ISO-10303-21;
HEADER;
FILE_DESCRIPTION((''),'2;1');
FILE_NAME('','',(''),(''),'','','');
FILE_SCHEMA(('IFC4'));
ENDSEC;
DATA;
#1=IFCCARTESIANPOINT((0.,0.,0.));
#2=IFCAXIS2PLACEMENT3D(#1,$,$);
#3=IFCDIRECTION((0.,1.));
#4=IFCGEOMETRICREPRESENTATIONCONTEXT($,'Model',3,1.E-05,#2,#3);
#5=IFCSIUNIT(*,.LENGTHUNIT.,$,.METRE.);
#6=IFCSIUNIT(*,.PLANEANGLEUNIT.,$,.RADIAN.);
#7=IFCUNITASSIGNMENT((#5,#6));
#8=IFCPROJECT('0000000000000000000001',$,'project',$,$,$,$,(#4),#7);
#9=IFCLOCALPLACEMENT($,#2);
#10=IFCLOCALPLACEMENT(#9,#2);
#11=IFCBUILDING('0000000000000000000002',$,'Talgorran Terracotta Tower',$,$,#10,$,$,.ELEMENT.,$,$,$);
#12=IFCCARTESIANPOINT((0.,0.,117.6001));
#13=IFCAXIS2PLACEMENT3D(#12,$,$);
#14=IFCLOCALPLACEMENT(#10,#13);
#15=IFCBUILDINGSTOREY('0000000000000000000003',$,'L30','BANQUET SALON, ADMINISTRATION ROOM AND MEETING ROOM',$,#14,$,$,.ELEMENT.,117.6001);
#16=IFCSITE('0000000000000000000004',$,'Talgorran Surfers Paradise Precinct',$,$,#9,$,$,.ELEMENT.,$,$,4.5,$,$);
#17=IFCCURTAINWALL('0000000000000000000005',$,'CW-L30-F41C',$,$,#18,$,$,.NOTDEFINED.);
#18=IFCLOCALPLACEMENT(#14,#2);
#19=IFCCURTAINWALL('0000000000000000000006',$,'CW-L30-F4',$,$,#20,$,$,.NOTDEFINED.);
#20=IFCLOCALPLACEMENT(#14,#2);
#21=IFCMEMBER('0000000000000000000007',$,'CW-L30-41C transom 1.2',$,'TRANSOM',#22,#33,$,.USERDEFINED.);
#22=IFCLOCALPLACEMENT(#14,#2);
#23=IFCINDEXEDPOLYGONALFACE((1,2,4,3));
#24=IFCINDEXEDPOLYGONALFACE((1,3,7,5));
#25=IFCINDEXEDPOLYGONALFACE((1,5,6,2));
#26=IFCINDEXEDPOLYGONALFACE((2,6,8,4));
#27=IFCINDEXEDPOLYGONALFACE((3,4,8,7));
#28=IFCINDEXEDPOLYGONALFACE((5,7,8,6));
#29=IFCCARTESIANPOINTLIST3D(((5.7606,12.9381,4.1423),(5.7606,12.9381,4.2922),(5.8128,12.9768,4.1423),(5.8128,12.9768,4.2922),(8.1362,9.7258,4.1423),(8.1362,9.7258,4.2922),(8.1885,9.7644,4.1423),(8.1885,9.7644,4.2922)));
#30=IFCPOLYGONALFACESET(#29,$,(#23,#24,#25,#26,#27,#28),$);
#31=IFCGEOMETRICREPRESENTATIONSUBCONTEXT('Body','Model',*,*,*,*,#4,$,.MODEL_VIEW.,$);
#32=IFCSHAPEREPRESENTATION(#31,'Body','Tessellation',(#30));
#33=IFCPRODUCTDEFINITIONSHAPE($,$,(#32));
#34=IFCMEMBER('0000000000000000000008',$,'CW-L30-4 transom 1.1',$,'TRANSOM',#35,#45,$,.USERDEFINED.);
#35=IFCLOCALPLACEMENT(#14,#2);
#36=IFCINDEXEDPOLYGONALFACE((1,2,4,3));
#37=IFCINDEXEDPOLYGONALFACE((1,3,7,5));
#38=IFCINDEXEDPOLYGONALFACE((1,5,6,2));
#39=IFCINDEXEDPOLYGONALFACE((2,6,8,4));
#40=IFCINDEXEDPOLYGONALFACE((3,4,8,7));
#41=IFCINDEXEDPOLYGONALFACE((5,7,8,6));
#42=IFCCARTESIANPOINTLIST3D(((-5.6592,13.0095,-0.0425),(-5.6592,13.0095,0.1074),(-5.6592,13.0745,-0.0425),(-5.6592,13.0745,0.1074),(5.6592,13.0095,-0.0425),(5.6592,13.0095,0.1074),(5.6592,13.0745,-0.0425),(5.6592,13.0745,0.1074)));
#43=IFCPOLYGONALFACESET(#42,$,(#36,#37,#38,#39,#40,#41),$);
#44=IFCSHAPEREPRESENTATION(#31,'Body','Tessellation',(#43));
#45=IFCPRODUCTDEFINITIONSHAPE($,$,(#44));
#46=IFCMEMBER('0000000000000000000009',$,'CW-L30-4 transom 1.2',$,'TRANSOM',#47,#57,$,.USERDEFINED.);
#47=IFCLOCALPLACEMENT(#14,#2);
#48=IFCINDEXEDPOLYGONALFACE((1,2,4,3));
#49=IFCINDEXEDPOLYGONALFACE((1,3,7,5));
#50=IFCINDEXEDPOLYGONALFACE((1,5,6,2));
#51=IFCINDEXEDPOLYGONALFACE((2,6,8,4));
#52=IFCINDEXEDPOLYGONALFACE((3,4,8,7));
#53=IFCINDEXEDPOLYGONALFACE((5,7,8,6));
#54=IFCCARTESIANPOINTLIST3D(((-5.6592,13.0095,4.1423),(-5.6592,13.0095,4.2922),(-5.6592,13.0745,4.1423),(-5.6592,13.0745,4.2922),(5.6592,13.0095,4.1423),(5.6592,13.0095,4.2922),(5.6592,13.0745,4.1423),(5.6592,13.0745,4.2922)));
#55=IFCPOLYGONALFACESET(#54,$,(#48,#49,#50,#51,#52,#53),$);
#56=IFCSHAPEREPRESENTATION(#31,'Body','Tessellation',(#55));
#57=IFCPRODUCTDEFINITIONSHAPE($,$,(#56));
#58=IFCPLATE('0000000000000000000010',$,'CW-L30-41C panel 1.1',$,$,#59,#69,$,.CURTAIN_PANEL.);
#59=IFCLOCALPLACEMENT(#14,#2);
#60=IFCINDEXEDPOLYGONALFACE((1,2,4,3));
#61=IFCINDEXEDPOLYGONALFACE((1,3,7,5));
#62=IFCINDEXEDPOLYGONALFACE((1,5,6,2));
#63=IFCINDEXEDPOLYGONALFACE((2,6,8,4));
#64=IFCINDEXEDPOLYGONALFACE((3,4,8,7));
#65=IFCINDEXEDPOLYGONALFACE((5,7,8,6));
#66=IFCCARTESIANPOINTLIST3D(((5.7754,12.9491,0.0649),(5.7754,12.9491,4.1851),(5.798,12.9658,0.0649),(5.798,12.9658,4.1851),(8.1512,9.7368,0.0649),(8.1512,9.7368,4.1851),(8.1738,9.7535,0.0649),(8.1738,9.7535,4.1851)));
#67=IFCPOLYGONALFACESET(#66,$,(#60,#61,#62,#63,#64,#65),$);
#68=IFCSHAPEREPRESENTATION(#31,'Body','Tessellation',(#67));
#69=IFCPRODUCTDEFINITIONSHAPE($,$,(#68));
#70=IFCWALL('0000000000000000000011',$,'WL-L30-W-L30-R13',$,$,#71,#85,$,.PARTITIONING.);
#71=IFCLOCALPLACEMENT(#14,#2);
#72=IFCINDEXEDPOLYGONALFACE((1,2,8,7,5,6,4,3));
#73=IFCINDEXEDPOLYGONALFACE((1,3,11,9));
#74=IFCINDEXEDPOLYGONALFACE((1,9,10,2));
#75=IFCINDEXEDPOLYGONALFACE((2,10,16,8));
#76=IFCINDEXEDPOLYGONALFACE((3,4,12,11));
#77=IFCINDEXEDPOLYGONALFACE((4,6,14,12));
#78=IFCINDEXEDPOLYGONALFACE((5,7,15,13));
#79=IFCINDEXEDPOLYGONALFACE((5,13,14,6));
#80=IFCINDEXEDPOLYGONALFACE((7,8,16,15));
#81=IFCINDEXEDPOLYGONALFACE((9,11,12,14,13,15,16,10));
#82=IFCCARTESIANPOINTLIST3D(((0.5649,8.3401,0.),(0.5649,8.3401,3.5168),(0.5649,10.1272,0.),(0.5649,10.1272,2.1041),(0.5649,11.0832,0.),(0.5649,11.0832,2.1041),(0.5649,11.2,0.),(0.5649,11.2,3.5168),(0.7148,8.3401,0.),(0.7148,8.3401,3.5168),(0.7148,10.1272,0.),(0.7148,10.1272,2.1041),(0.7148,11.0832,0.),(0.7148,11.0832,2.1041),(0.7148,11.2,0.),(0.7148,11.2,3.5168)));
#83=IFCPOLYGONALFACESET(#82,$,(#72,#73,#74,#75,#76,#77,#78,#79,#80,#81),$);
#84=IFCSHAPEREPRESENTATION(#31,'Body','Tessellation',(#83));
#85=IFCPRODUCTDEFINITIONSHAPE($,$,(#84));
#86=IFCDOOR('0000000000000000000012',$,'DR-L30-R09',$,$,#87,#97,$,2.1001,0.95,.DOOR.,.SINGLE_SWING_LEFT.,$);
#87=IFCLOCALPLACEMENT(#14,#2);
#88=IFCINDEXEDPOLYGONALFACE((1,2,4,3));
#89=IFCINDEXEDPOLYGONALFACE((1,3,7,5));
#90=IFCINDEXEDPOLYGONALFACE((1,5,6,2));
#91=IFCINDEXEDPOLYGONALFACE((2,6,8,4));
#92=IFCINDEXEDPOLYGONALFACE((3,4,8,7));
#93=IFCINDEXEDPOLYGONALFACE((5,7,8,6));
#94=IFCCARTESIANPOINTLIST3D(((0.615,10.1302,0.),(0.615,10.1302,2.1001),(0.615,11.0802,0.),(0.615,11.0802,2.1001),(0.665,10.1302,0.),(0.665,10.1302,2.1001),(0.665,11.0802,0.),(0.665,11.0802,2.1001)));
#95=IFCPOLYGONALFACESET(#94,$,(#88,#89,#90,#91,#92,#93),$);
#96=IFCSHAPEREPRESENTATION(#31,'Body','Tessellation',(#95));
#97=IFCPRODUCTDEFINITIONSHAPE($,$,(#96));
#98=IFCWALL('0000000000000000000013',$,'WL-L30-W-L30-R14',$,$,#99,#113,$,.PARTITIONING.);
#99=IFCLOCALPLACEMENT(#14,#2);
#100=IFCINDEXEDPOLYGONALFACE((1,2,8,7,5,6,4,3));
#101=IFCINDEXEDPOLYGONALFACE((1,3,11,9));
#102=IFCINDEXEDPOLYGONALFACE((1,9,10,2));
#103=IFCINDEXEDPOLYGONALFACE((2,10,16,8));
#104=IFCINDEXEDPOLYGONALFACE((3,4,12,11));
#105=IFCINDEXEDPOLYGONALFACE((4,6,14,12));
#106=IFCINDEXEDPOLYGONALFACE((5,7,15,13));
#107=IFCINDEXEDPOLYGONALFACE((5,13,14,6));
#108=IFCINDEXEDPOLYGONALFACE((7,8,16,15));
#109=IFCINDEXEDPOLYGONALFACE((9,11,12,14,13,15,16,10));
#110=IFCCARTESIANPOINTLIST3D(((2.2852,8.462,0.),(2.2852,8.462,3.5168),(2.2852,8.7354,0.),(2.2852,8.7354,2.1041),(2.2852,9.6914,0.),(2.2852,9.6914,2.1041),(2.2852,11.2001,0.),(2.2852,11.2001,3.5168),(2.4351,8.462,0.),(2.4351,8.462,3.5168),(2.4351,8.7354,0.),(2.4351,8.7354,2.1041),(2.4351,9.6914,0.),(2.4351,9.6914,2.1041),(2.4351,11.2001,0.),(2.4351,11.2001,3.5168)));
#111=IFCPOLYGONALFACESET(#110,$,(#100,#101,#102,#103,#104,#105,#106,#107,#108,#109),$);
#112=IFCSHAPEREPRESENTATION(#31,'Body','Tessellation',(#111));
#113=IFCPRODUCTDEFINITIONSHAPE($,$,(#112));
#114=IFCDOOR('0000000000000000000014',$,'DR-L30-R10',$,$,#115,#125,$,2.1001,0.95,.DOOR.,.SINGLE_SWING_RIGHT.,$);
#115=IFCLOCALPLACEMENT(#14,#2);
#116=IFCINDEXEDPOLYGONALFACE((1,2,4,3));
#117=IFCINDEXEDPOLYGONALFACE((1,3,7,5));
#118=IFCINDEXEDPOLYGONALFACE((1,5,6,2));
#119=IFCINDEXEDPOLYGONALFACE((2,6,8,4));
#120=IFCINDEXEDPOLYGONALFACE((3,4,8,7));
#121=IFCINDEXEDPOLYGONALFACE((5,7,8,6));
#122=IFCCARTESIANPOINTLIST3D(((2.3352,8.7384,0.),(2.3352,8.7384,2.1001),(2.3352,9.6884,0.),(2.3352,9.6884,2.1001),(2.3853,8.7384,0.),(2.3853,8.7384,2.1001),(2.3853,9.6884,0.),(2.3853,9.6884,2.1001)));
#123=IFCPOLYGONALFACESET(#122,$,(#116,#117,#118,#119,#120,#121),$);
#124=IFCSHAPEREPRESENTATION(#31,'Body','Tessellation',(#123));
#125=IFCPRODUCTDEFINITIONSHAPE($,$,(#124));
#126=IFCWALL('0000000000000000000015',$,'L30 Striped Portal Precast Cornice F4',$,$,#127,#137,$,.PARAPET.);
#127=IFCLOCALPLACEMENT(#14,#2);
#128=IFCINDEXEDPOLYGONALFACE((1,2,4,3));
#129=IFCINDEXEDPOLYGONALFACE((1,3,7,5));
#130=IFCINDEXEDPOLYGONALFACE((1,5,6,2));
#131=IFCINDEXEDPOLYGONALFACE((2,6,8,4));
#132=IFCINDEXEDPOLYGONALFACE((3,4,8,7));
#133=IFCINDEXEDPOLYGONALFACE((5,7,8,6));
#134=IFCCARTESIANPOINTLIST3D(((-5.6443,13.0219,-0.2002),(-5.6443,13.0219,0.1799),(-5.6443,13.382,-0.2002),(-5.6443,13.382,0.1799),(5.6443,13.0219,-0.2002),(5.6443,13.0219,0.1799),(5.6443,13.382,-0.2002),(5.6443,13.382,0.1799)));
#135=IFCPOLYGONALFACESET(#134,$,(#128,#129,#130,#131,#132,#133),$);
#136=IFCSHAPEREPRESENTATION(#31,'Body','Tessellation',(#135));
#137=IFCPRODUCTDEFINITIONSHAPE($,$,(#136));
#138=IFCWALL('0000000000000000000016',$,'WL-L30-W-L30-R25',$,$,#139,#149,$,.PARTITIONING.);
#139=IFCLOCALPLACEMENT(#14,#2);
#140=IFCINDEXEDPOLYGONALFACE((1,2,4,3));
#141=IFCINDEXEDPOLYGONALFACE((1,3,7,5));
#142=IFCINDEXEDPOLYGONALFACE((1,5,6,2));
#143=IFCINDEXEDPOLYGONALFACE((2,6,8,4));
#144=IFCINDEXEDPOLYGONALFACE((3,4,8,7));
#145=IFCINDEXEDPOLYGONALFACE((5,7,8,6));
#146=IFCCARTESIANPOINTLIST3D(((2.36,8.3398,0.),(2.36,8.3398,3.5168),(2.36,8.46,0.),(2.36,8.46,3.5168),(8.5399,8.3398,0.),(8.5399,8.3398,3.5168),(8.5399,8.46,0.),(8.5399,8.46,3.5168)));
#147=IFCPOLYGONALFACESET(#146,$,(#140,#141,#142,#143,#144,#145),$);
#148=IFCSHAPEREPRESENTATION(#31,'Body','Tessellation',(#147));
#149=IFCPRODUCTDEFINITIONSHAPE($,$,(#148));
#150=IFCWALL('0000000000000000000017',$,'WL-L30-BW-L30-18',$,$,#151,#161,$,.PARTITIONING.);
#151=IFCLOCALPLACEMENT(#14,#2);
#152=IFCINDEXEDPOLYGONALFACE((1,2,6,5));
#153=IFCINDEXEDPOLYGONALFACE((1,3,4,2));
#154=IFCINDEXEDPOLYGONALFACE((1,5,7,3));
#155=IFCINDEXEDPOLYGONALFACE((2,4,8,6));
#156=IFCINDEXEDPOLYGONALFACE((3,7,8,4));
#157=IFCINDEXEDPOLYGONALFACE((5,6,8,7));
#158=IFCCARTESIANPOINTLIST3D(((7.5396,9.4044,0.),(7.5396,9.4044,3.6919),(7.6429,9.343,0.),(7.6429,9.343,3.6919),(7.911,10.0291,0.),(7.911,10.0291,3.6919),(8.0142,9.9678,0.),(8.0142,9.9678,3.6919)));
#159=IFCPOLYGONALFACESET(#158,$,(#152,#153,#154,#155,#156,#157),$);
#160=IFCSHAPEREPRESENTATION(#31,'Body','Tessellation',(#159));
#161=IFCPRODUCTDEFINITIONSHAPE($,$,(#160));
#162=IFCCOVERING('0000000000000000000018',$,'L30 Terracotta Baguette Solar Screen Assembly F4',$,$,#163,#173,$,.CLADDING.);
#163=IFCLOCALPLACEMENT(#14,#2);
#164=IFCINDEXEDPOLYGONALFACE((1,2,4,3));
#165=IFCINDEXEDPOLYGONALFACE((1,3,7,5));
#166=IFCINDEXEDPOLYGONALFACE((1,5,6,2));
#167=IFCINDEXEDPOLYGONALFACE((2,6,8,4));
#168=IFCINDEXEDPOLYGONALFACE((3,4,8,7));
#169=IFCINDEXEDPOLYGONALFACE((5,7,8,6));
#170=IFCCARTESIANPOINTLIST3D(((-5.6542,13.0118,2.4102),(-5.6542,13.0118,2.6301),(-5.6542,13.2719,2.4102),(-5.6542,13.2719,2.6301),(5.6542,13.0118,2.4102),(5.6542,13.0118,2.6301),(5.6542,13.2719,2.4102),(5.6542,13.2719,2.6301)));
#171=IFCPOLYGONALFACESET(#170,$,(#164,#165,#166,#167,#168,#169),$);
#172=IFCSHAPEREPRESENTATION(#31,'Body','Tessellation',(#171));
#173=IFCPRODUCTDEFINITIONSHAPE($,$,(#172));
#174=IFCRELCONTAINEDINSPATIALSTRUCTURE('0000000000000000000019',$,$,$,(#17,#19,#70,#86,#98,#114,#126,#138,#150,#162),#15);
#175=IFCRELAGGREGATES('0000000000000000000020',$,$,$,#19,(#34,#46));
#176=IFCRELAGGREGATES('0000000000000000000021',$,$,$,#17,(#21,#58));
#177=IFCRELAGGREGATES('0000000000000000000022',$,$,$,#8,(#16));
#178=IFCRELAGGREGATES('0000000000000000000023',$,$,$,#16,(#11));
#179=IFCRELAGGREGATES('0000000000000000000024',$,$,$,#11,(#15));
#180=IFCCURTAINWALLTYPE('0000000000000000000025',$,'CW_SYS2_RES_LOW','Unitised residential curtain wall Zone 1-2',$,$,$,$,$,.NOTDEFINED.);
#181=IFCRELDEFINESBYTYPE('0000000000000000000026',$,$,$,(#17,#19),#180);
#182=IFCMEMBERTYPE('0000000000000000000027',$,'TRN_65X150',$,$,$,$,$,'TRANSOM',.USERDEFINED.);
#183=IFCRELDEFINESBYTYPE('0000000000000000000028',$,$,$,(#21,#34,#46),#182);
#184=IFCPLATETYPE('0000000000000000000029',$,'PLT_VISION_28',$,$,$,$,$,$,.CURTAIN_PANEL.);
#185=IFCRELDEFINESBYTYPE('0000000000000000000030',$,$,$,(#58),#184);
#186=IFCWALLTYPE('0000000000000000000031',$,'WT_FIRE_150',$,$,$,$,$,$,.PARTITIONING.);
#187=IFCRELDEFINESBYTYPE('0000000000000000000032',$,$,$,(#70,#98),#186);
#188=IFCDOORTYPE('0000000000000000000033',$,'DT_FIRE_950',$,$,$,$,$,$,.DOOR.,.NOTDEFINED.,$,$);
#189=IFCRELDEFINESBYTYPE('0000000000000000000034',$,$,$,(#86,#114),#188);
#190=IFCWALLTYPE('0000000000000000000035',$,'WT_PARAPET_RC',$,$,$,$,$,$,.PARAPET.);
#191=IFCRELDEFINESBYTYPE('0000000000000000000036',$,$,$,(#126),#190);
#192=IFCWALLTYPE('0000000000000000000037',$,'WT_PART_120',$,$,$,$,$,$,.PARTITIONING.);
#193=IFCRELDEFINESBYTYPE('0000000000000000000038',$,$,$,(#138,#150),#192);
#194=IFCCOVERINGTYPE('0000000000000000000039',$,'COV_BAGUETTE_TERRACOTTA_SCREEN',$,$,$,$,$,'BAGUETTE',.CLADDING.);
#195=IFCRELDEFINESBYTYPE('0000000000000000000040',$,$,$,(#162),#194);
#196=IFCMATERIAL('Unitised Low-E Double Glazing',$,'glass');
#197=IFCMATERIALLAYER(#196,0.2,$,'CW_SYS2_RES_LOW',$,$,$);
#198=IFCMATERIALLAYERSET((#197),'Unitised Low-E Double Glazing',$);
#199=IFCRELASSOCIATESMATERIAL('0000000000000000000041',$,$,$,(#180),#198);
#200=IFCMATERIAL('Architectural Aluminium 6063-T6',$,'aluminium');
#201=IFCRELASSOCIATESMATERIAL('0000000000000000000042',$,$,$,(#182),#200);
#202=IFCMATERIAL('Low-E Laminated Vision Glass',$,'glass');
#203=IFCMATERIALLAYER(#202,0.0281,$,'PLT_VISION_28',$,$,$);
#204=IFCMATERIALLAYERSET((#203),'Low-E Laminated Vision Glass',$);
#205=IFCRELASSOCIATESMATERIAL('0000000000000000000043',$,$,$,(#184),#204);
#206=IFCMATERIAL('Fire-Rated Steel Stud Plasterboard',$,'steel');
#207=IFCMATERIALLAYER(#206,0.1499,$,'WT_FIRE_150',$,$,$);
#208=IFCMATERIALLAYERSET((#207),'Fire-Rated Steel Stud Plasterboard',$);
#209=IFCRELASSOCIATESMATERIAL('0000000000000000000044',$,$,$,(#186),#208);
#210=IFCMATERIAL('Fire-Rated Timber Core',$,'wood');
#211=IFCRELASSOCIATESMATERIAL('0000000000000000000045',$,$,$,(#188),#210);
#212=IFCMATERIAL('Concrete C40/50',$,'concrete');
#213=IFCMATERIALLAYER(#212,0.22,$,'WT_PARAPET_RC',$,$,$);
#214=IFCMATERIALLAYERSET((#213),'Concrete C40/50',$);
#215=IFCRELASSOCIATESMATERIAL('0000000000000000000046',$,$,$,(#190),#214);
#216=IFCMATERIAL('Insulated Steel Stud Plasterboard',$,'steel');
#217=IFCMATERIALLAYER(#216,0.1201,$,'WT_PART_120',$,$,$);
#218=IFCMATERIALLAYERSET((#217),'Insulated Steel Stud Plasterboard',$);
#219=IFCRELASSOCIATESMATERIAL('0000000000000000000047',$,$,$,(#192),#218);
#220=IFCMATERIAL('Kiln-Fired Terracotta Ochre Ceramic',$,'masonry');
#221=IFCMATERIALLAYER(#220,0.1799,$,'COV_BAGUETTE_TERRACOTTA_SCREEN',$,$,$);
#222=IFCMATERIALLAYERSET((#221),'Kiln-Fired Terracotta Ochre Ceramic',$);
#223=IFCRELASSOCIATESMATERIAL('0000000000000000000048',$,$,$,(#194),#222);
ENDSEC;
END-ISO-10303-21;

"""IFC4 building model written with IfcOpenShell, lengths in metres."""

from ifc_helpers import new_model, si_unit, direction, frame, frame_2d, origin, origin_2d, place, context, subcontext, project, spatial, rectangle, extrude, source, transform, mapped, material, layer, layer_set, material_profile, profile_set, type_object, type_shapes, element, fill, aggregate, save


model = new_model("IFC4")

# Units and contexts
model_context = context("Model", 3, precision=1e-05, world=origin(), true_north=direction((0.0, 1.0)))
body_context = subcontext(model_context, "Body", "Model", "MODEL_VIEW")
ifc_project = project(units=[si_unit("LENGTHUNIT", "METRE"), si_unit("PLANEANGLEUNIT", "RADIAN")], contexts=[model_context])

# Site, building, storey
site_placement = place(None, origin())
site = spatial("IfcSite", under=ifc_project, at=site_placement, Name="Talgorran Surfers Paradise Precinct", CompositionType="ELEMENT", RefElevation=4.5)
building_placement = place(site_placement, origin())
building = spatial("IfcBuilding", under=site, at=building_placement, Name="Talgorran Terracotta Tower", CompositionType="ELEMENT")
storey_placement = place(building_placement, frame((0.0, 0.0, 117.6001)))
storey = spatial("IfcBuildingStorey", under=building, at=storey_placement, Name="L30", Description="BANQUET SALON, ADMINISTRATION ROOM AND MEETING ROOM", CompositionType="ELEMENT", Elevation=117.6001)

# Shared definitions
ifc_material_1 = material(Name="Unitised Low-E Double Glazing", Category="glass")
ifc_layer_1 = layer(ifc_material_1, 0.2, Name="CW_SYS2_RES_LOW")
ifc_layer_set_1 = layer_set([ifc_layer_1], Name="Unitised Low-E Double Glazing")
curtain_wall_type = type_object("IfcCurtainWallType", Name="CW_SYS2_RES_LOW", Description="Unitised residential curtain wall Zone 1-2", PredefinedType="NOTDEFINED", material=ifc_layer_set_1)
ifc_material_2 = material(Name="Architectural Aluminium 6063-T6", Category="aluminium")

# Curtain wall
curtain_wall_1_placement = place(storey_placement, origin())
curtain_wall_1 = element("IfcCurtainWall", 1, at=curtain_wall_1_placement, inside=storey, type_object=curtain_wall_type, Name="CW-L30-F41C", PredefinedType="NOTDEFINED")

# Curtain wall
curtain_wall_2_placement = place(storey_placement, origin())
curtain_wall_2 = element("IfcCurtainWall", 2, at=curtain_wall_2_placement, inside=storey, type_object=curtain_wall_type, Name="CW-L30-F4", PredefinedType="NOTDEFINED")

# Members
ifc_material_profile_1 = material_profile(ifc_material_2, rectangle(XDim=0.0649, YDim=0.1499, at=origin_2d()), Name="CWT65X150")
ifc_profile_set_1 = profile_set([ifc_material_profile_1], Name="Architectural Aluminium 6063-T6")
member_type_1 = type_object("IfcMemberType", Name="TRN_65X150", ElementType="TRANSOM", PredefinedType="USERDEFINED", material=ifc_profile_set_1)
member_1_placement = place(storey_placement, frame((8.1624, 9.7451, 4.2173), z_axis=(-0.594609, 0.804015, 0.0), x_axis=(-0.804015, -0.594609, 0.0)))
member_1 = element("IfcMember", 3, at=member_1_placement, type_object=member_type_1, Name="CW-L30-41C transom 1.2", ObjectType="TRANSOM", PredefinedType="USERDEFINED", context=body_context, shape_type="SweptSolid", body=[
    extrude(rectangle(XDim=0.0649, YDim=0.1499, at=origin_2d()), origin(), (0.0, 0.0, 1.0), 3.9954),
])
member_2_placement = place(storey_placement, frame((5.6592, 13.042, 0.0325), z_axis=(-1.0, 0.0, 0.0), x_axis=(0.0, -1.0, 0.0)))
member_2 = element("IfcMember", 4, at=member_2_placement, type_object=member_type_1, Name="CW-L30-4 transom 1.1", ObjectType="TRANSOM", PredefinedType="USERDEFINED", context=body_context, shape_type="SweptSolid", body=[
    extrude(rectangle(XDim=0.0649, YDim=0.1499, at=origin_2d()), origin(), (0.0, 0.0, 1.0), 11.3184),
])
member_3_placement = place(storey_placement, frame((5.6592, 13.042, 4.2173), z_axis=(-1.0, 0.0, 0.0), x_axis=(0.0, -1.0, 0.0)))
member_3 = element("IfcMember", 5, at=member_3_placement, type_object=member_type_1, Name="CW-L30-4 transom 1.2", ObjectType="TRANSOM", PredefinedType="USERDEFINED", context=body_context, shape_type="SweptSolid", body=[
    extrude(rectangle(XDim=0.0649, YDim=0.1499, at=origin_2d()), origin(), (0.0, 0.0, 1.0), 11.3184),
])
aggregate(curtain_wall_2, [member_2, member_3])

# Plate
ifc_material_3 = material(Name="Low-E Laminated Vision Glass", Category="glass")
ifc_layer_2 = layer(ifc_material_3, 0.0281, Name="PLT_VISION_28")
ifc_layer_set_2 = layer_set([ifc_layer_2], Name="Low-E Laminated Vision Glass")
plate_type = type_object("IfcPlateType", Name="PLT_VISION_28", PredefinedType="CURTAIN_PANEL", material=ifc_layer_set_2)
shared_shape_1 = source(origin(), body_context, "Body", "SweptSolid", [
    extrude(rectangle(XDim=3.9954, YDim=0.0281, at=origin_2d()), origin(), (0.0, 0.0, 1.0), 4.1201),
])
type_shapes(plate_type, [shared_shape_1])
plate_placement = place(storey_placement, frame((6.9746, 11.3513, 0.0649), z_axis=(0.0, 0.0, 1.0), x_axis=(-0.594634, 0.803996, 0.0)))
plate = element("IfcPlate", 6, at=plate_placement, type_object=plate_type, Name="CW-L30-41C panel 1.1", PredefinedType="CURTAIN_PANEL", context=body_context, shape_type="MappedRepresentation", body=[
    mapped(shared_shape_1, transform((0.0, 0.0, 0.0), scale=1.0)),
])
aggregate(curtain_wall_1, [member_1, plate])

# Walls, openings, doors
ifc_material_4 = material(Name="Fire-Rated Steel Stud Plasterboard", Category="steel")
ifc_layer_3 = layer(ifc_material_4, 0.1499, Name="WT_FIRE_150")
ifc_layer_set_3 = layer_set([ifc_layer_3], Name="Fire-Rated Steel Stud Plasterboard")
wall_type_1 = type_object("IfcWallType", Name="WT_FIRE_150", PredefinedType="PARTITIONING", material=ifc_layer_set_3)
wall_1_placement = place(storey_placement, frame((0.6399, 8.3401, 0.0), z_axis=(0.0, 0.0, 1.0), x_axis=(0.0, 1.0, 0.0)))
wall_1 = element("IfcWall", 7, at=wall_1_placement, inside=storey, type_object=wall_type_1, Name="WL-L30-W-L30-R13", PredefinedType="PARTITIONING", context=body_context, shape_type="SweptSolid", body=[
    extrude(rectangle(XDim=2.8599, YDim=0.1499, at=frame_2d((1.4299, 0.0))), origin(), (0.0, 0.0, 1.0), 3.5168),
])
opening_1_placement = place(wall_1_placement, frame((1.79, 0.0, 0.0)))
opening_1 = element("IfcOpeningElement", 8, at=opening_1_placement, cuts=wall_1, PredefinedType="OPENING", context=body_context, shape_type="SweptSolid", body=[
    extrude(rectangle(XDim=0.956, YDim=2.1041, at=frame_2d((0.4751, 1.052))), frame((0.0, 0.085, 0.0), z_axis=(0.0, -1.0, 0.0), x_axis=(1.0, 0.0, 0.0)), (0.0, 0.0, 1.0), 0.1699),
])
ifc_material_5 = material(Name="Fire-Rated Timber Core", Category="wood")
door_type = type_object("IfcDoorType", Name="DT_FIRE_950", OperationType="NOTDEFINED", PredefinedType="DOOR", material=ifc_material_5)
door_1_placement = place(opening_1_placement, origin())
door_1 = element("IfcDoor", 9, at=door_1_placement, inside=storey, type_object=door_type, Name="DR-L30-R09", OperationType="SINGLE_SWING_LEFT", OverallHeight=2.1001, OverallWidth=0.95, PredefinedType="DOOR", context=body_context, shape_type="SweptSolid", body=[
    extrude(rectangle(XDim=0.95, YDim=2.1001, at=frame_2d((0.4751, 1.05))), frame((0.0, 0.0249, 0.0), z_axis=(0.0, -1.0, 0.0), x_axis=(1.0, 0.0, 0.0)), (0.0, 0.0, 1.0), 0.05),
])
fill(opening_1, door_1)
wall_2_placement = place(storey_placement, frame((2.3601, 8.4619, 0.0), z_axis=(0.0, 0.0, 1.0), x_axis=(0.0, 1.0, 0.0)))
wall_2 = element("IfcWall", 10, at=wall_2_placement, inside=storey, type_object=wall_type_1, Name="WL-L30-W-L30-R14", PredefinedType="PARTITIONING", context=body_context, shape_type="SweptSolid", body=[
    extrude(rectangle(XDim=2.738, YDim=0.1499, at=frame_2d((1.3691, 0.0))), origin(), (0.0, 0.0, 1.0), 3.5168),
])
opening_2_placement = place(wall_2_placement, frame((0.2764, 0.0, 0.0)))
opening_2 = element("IfcOpeningElement", 11, at=opening_2_placement, cuts=wall_2, PredefinedType="OPENING", context=body_context, shape_type="SweptSolid", body=[
    extrude(rectangle(XDim=0.956, YDim=2.1041, at=frame_2d((0.4751, 1.052))), frame((0.0, 0.085, 0.0), z_axis=(0.0, -1.0, 0.0), x_axis=(1.0, 0.0, 0.0)), (0.0, 0.0, 1.0), 0.1699),
])
door_2_placement = place(opening_2_placement, origin())
door_2 = element("IfcDoor", 12, at=door_2_placement, inside=storey, type_object=door_type, Name="DR-L30-R10", OperationType="SINGLE_SWING_RIGHT", OverallHeight=2.1001, OverallWidth=0.95, PredefinedType="DOOR", context=body_context, shape_type="SweptSolid", body=[
    extrude(rectangle(XDim=0.95, YDim=2.1001, at=frame_2d((0.4751, 1.05))), frame((0.0, 0.0249, 0.0), z_axis=(0.0, -1.0, 0.0), x_axis=(1.0, 0.0, 0.0)), (0.0, 0.0, 1.0), 0.05),
])
fill(opening_2, door_2)

# Walls
ifc_material_6 = material(Name="Concrete C40/50", Category="concrete")
ifc_layer_4 = layer(ifc_material_6, 0.22, Name="WT_PARAPET_RC")
ifc_layer_set_4 = layer_set([ifc_layer_4], Name="Concrete C40/50")
wall_type_2 = type_object("IfcWallType", Name="WT_PARAPET_RC", PredefinedType="PARAPET", material=ifc_layer_set_4)
wall_3_placement = place(storey_placement, frame((5.6443, 13.2019, -0.2002), z_axis=(0.0, 0.0, 1.0), x_axis=(-1.0, 0.0, 0.0)))
element("IfcWall", 13, at=wall_3_placement, inside=storey, type_object=wall_type_2, Name="L30 Striped Portal Precast Cornice F4", PredefinedType="PARAPET", context=body_context, shape_type="SweptSolid", body=[
    extrude(rectangle(XDim=11.2886, YDim=0.3601, at=frame_2d((5.6443, 0.0))), origin(), (0.0, 0.0, 1.0), 0.3801),
])
ifc_material_7 = material(Name="Insulated Steel Stud Plasterboard", Category="steel")
ifc_layer_5 = layer(ifc_material_7, 0.1201, Name="WT_PART_120")
ifc_layer_set_5 = layer_set([ifc_layer_5], Name="Insulated Steel Stud Plasterboard")
wall_type_3 = type_object("IfcWallType", Name="WT_PART_120", PredefinedType="PARTITIONING", material=ifc_layer_set_5)
wall_4_placement = place(storey_placement, frame((2.3601, 8.3999, 0.0), z_axis=(0.0, 0.0, 1.0), x_axis=(1.0, 0.0, 0.0)))
element("IfcWall", 14, at=wall_4_placement, inside=storey, type_object=wall_type_3, Name="WL-L30-W-L30-R25", PredefinedType="PARTITIONING", context=body_context, shape_type="SweptSolid", body=[
    extrude(rectangle(XDim=6.1799, YDim=0.1201, at=frame_2d((3.0898, 0.0))), origin(), (0.0, 0.0, 1.0), 3.5168),
])
wall_5_placement = place(storey_placement, frame((7.5913, 9.3738, 0.0), z_axis=(0.0, 0.0, 1.0), x_axis=(0.510935, 0.85962, 0.0)))
element("IfcWall", 15, at=wall_5_placement, inside=storey, type_object=wall_type_3, Name="WL-L30-BW-L30-18", PredefinedType="PARTITIONING", context=body_context, shape_type="SweptSolid", body=[
    extrude(rectangle(XDim=0.7268, YDim=0.1201, at=frame_2d((0.3633, 0.0))), origin(), (0.0, 0.0, 1.0), 3.6919),
])

# Covering
ifc_material_8 = material(Name="Kiln-Fired Terracotta Ochre Ceramic", Category="masonry")
ifc_layer_6 = layer(ifc_material_8, 0.1799, Name="COV_BAGUETTE_TERRACOTTA_SCREEN")
ifc_layer_set_6 = layer_set([ifc_layer_6], Name="Kiln-Fired Terracotta Ochre Ceramic")
covering_type_1 = type_object("IfcCoveringType", Name="COV_BAGUETTE_TERRACOTTA_SCREEN", ElementType="BAGUETTE", PredefinedType="CLADDING", material=ifc_layer_set_6)
covering_1_placement = place(storey_placement, frame((0.0, 13.1418, 2.4102), z_axis=(0.0, 0.0, 1.0), x_axis=(-1.0, 0.0, 0.0)))
element("IfcCovering", 16, at=covering_1_placement, inside=storey, type_object=covering_type_1, Name="L30 Terracotta Baguette Solar Screen Assembly F4", PredefinedType="CLADDING", context=body_context, shape_type="SweptSolid", body=[
    extrude(rectangle(XDim=11.3083, YDim=0.26, at=origin_2d()), origin(), (0.0, 0.0, 1.0), 0.22),
])

save(model, "model.ifc")
